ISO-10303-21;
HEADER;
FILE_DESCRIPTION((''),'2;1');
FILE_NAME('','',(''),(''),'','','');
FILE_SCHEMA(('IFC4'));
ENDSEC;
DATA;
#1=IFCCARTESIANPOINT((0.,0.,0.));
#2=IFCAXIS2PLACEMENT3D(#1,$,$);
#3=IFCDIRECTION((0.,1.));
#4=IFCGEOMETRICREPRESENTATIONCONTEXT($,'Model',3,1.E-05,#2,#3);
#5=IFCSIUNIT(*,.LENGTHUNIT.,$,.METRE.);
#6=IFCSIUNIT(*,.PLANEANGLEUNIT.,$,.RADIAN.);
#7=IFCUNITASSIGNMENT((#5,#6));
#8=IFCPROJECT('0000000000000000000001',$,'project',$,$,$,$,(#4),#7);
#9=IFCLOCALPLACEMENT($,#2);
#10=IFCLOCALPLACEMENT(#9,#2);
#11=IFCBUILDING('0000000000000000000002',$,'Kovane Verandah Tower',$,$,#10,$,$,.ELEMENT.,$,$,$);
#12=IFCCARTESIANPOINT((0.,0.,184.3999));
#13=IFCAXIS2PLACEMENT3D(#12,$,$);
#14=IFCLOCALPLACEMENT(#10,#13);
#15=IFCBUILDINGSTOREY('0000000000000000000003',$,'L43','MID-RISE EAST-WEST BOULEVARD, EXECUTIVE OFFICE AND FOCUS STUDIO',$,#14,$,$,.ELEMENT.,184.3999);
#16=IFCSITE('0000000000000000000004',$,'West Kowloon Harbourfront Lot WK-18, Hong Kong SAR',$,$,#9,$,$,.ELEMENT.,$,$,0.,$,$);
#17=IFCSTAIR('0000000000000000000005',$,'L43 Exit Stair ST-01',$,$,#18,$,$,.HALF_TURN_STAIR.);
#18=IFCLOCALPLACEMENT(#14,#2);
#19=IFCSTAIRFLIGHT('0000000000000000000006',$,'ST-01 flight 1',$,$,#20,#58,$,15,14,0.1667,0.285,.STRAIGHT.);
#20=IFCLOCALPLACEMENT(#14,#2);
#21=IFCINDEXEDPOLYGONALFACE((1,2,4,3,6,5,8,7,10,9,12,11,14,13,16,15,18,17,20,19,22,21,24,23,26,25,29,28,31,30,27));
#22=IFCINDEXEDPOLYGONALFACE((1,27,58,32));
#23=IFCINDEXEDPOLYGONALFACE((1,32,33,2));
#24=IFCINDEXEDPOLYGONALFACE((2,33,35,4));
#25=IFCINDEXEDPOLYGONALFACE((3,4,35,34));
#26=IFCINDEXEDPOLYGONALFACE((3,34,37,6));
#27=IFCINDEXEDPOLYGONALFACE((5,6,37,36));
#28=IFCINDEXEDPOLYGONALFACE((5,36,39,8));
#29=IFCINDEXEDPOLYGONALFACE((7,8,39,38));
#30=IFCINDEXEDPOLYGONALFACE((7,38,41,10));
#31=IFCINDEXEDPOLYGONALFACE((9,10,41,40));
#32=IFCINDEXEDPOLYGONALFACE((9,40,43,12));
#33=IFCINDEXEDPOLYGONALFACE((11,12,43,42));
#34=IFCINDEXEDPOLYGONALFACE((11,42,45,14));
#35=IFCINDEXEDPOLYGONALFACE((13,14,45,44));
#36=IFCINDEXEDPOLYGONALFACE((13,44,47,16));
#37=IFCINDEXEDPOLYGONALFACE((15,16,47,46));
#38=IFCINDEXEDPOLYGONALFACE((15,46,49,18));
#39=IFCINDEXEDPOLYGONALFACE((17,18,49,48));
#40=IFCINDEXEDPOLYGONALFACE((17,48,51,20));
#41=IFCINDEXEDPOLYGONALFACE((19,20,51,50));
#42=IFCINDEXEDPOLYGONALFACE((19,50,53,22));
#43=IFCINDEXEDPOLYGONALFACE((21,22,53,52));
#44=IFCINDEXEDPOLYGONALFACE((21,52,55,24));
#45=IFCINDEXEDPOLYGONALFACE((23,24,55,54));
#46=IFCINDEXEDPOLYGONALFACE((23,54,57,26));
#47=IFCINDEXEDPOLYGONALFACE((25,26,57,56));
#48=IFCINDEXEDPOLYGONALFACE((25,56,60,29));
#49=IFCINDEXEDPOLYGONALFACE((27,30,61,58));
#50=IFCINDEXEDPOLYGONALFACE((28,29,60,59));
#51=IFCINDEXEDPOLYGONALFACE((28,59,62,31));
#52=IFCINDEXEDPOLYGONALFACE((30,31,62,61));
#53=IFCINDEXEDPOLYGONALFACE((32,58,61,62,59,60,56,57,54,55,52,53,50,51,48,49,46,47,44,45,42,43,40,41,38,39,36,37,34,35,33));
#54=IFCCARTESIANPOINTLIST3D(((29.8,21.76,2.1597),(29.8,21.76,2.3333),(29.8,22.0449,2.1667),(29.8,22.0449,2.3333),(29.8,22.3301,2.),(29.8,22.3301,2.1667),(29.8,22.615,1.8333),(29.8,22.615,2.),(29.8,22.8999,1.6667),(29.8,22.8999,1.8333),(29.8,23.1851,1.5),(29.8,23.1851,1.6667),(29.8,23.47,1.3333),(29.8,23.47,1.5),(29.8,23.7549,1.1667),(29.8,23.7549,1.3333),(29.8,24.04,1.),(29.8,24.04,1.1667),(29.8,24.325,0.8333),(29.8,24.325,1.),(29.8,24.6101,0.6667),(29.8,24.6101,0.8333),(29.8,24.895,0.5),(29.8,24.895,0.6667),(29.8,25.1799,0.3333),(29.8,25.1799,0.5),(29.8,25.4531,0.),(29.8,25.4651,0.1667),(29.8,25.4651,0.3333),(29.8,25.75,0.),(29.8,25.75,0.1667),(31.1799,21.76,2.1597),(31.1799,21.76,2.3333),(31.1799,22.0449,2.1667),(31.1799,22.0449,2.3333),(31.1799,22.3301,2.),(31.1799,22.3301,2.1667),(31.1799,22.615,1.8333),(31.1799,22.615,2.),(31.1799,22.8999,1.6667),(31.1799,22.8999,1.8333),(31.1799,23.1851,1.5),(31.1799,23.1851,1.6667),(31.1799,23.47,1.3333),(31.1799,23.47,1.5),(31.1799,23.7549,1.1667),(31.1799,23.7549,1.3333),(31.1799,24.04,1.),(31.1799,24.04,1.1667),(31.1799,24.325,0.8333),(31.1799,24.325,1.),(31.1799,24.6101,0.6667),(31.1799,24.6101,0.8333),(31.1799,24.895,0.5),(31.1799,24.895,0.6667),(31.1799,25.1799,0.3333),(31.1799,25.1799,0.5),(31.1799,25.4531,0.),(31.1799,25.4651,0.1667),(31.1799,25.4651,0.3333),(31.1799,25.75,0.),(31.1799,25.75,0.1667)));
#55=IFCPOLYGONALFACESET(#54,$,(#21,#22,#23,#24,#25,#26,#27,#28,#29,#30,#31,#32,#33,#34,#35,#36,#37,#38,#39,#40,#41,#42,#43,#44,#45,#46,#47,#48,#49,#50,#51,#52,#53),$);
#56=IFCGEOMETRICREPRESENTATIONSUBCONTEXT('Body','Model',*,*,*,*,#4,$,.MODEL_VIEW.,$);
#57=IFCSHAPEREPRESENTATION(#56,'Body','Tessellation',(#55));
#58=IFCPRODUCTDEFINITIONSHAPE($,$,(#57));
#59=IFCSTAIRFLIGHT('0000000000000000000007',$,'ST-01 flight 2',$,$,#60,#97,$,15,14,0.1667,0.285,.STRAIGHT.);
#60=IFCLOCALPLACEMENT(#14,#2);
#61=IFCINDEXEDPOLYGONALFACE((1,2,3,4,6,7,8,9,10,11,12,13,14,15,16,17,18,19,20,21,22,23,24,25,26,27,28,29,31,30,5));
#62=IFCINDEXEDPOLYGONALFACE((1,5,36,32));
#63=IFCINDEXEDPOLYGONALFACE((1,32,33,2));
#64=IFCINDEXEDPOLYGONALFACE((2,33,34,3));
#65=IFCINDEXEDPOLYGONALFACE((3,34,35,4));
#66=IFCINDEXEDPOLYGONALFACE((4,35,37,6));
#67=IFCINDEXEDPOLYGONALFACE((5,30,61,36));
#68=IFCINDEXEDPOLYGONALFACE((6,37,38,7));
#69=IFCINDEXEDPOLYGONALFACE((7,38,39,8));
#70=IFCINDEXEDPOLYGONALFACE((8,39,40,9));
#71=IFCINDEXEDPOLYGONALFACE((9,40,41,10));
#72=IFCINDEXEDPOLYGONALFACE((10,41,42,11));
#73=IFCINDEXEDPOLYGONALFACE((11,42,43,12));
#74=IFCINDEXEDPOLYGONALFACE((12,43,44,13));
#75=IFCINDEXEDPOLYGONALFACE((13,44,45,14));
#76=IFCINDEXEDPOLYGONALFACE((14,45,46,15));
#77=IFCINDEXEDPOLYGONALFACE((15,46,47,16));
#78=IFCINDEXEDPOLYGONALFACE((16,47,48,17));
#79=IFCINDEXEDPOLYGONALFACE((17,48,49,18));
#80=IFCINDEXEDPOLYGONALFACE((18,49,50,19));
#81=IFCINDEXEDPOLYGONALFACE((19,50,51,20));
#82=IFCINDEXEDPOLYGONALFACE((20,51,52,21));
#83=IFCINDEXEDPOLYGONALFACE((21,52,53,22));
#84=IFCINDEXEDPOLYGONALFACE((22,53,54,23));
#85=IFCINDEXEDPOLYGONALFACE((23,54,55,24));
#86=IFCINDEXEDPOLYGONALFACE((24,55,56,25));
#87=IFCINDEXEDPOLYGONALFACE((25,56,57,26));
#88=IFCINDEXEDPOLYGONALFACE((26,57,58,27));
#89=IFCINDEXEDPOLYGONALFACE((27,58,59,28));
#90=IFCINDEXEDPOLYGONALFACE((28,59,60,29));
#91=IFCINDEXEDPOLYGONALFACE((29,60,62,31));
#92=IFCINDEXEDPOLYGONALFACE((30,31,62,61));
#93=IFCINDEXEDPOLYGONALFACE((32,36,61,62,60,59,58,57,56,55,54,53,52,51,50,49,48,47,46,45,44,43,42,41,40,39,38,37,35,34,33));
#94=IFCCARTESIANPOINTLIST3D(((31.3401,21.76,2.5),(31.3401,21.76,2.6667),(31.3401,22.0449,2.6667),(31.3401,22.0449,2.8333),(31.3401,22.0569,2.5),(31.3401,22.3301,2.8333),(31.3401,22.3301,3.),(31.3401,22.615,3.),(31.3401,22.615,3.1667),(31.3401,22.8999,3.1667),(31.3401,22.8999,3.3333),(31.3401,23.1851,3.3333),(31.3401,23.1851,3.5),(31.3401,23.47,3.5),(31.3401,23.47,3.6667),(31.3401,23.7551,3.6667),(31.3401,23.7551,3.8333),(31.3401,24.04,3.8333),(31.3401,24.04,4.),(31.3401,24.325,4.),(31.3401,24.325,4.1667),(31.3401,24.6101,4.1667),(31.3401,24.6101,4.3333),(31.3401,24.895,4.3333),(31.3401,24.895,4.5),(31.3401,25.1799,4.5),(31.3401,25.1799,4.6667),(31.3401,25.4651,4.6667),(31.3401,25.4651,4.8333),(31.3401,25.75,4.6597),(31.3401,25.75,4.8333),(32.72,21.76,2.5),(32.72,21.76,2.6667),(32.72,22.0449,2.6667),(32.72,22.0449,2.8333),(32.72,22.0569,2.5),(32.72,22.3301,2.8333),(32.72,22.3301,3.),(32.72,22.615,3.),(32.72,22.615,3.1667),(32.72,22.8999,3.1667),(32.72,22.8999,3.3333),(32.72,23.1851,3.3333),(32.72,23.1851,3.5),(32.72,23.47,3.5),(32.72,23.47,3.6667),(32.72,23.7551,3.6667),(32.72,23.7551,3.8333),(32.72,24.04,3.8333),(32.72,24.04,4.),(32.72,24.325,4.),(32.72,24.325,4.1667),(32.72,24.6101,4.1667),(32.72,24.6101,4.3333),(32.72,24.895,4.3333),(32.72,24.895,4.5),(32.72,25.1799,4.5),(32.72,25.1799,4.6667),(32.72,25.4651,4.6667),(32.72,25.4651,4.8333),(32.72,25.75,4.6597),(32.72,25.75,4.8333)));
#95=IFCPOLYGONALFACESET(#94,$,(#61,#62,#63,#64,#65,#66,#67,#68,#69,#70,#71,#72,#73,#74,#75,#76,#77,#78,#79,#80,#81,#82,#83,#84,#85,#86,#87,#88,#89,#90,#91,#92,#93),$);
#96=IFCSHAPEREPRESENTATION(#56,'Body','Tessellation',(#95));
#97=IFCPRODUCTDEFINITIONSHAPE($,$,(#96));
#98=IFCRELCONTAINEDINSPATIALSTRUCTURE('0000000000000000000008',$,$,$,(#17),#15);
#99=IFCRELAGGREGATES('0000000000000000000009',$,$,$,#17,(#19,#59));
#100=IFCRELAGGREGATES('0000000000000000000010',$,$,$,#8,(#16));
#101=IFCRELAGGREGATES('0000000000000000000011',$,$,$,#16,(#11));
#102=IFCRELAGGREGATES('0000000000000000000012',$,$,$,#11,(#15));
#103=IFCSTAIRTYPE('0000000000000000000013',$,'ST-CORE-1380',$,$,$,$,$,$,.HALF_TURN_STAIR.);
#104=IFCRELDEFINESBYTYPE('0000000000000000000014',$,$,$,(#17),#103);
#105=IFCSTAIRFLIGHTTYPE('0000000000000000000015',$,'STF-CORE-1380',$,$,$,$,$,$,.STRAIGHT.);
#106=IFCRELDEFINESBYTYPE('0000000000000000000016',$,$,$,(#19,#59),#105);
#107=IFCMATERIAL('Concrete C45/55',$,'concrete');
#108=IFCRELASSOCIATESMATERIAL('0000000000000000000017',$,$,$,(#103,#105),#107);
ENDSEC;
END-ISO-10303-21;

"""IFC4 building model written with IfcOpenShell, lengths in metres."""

from ifc_helpers import new_model, si_unit, direction, frame, origin, place, context, subcontext, project, spatial, polyline, outline, extrude, material, type_object, element, aggregate, save


model = new_model("IFC4")

# Units and contexts
model_context = context("Model", 3, precision=1e-05, world=origin(), true_north=direction((0.0, 1.0)))
body_context = subcontext(model_context, "Body", "Model", "MODEL_VIEW")
ifc_project = project(units=[si_unit("LENGTHUNIT", "METRE"), si_unit("PLANEANGLEUNIT", "RADIAN")], contexts=[model_context])

# Site, building, storey
site_placement = place(None, origin())
site = spatial("IfcSite", under=ifc_project, at=site_placement, Name="West Kowloon Harbourfront Lot WK-18, Hong Kong SAR", CompositionType="ELEMENT", RefElevation=0.0)
building_placement = place(site_placement, origin())
building = spatial("IfcBuilding", under=site, at=building_placement, Name="Kovane Verandah Tower", CompositionType="ELEMENT")
storey_placement = place(building_placement, frame((0.0, 0.0, 184.3999)))
storey = spatial("IfcBuildingStorey", under=building, at=storey_placement, Name="L43", Description="MID-RISE EAST-WEST BOULEVARD, EXECUTIVE OFFICE AND FOCUS STUDIO", CompositionType="ELEMENT", Elevation=184.3999)

# Shared definitions
ifc_material_1 = material(Name="Concrete C45/55", Category="concrete")

# Stair, stair flights
stair_type = type_object("IfcStairType", Name="ST-CORE-1380", PredefinedType="HALF_TURN_STAIR", material=ifc_material_1)
stair_placement = place(storey_placement, origin())
stair = element("IfcStair", 1, at=stair_placement, inside=storey, type_object=stair_type, Name="L43 Exit Stair ST-01", PredefinedType="HALF_TURN_STAIR")
stair_flight_type = type_object("IfcStairFlightType", Name="STF-CORE-1380", PredefinedType="STRAIGHT", material=ifc_material_1)
stair_flight_1_placement = place(storey_placement, frame((30.49, 25.75, 0.0), z_axis=(0.0, 0.0, 1.0), x_axis=(0.0, -1.0, 0.0)))
stair_flight_1 = element("IfcStairFlight", 2, at=stair_flight_1_placement, type_object=stair_flight_type, Name="ST-01 flight 1", NumberOfRisers=15, NumberOfTreads=14, PredefinedType="STRAIGHT", RiserHeight=0.1667, TreadLength=0.285, context=body_context, shape_type="SweptSolid", body=[
    extrude(outline(polyline([(0.0, 0.0), (0.0, 0.1667), (0.2849, 0.1667), (0.2849, 0.3333), (0.5701, 0.3333), (0.5701, 0.5), (0.855, 0.5), (0.855, 0.6667), (1.1399, 0.6667), (1.1399, 0.8333), (1.425, 0.8333), (1.425, 1.0), (1.71, 1.0), (1.71, 1.1667), (1.9951, 1.1667), (1.9951, 1.3333), (2.28, 1.3333), (2.28, 1.5), (2.5649, 1.5), (2.5649, 1.6667), (2.8501, 1.6667), (2.8501, 1.8333), (3.135, 1.8333), (3.135, 2.0), (3.4199, 2.0), (3.4199, 2.1667), (3.7051, 2.1667), (3.7051, 2.3333), (3.99, 2.3333), (3.99, 2.5), (3.99, 2.1597), (0.2969, 0.0), (0.0, 0.0)])), frame((0.0, 0.6899, 0.0), z_axis=(0.0, -1.0, 0.0), x_axis=(1.0, 0.0, 0.0)), (0.0, 0.0, 1.0), 1.3799),
])
stair_flight_2_placement = place(storey_placement, frame((32.03, 21.76, 2.5), z_axis=(0.0, 0.0, 1.0), x_axis=(0.0, 1.0, 0.0)))
stair_flight_2 = element("IfcStairFlight", 3, at=stair_flight_2_placement, type_object=stair_flight_type, Name="ST-01 flight 2", NumberOfRisers=15, NumberOfTreads=14, PredefinedType="STRAIGHT", RiserHeight=0.1667, TreadLength=0.285, context=body_context, shape_type="SweptSolid", body=[
    extrude(outline(polyline([(0.0, 0.0), (0.0, 0.1667), (0.2849, 0.1667), (0.2849, 0.3333), (0.5701, 0.3333), (0.5701, 0.5), (0.855, 0.5), (0.855, 0.6667), (1.1399, 0.6667), (1.1399, 0.8333), (1.425, 0.8333), (1.425, 1.0), (1.71, 1.0), (1.71, 1.1667), (1.9951, 1.1667), (1.9951, 1.3333), (2.28, 1.3333), (2.28, 1.5), (2.5649, 1.5), (2.5649, 1.6667), (2.8501, 1.6667), (2.8501, 1.8333), (3.135, 1.8333), (3.135, 2.0), (3.4199, 2.0), (3.4199, 2.1667), (3.7051, 2.1667), (3.7051, 2.3333), (3.99, 2.3333), (3.99, 2.5), (3.99, 2.1597), (0.2969, 0.0), (0.0, 0.0)])), frame((0.0, 0.6899, 0.0), z_axis=(0.0, -1.0, 0.0), x_axis=(1.0, 0.0, 0.0)), (0.0, 0.0, 1.0), 1.3799),
])
aggregate(stair, [stair_flight_1, stair_flight_2])

save(model, "model.ifc")
